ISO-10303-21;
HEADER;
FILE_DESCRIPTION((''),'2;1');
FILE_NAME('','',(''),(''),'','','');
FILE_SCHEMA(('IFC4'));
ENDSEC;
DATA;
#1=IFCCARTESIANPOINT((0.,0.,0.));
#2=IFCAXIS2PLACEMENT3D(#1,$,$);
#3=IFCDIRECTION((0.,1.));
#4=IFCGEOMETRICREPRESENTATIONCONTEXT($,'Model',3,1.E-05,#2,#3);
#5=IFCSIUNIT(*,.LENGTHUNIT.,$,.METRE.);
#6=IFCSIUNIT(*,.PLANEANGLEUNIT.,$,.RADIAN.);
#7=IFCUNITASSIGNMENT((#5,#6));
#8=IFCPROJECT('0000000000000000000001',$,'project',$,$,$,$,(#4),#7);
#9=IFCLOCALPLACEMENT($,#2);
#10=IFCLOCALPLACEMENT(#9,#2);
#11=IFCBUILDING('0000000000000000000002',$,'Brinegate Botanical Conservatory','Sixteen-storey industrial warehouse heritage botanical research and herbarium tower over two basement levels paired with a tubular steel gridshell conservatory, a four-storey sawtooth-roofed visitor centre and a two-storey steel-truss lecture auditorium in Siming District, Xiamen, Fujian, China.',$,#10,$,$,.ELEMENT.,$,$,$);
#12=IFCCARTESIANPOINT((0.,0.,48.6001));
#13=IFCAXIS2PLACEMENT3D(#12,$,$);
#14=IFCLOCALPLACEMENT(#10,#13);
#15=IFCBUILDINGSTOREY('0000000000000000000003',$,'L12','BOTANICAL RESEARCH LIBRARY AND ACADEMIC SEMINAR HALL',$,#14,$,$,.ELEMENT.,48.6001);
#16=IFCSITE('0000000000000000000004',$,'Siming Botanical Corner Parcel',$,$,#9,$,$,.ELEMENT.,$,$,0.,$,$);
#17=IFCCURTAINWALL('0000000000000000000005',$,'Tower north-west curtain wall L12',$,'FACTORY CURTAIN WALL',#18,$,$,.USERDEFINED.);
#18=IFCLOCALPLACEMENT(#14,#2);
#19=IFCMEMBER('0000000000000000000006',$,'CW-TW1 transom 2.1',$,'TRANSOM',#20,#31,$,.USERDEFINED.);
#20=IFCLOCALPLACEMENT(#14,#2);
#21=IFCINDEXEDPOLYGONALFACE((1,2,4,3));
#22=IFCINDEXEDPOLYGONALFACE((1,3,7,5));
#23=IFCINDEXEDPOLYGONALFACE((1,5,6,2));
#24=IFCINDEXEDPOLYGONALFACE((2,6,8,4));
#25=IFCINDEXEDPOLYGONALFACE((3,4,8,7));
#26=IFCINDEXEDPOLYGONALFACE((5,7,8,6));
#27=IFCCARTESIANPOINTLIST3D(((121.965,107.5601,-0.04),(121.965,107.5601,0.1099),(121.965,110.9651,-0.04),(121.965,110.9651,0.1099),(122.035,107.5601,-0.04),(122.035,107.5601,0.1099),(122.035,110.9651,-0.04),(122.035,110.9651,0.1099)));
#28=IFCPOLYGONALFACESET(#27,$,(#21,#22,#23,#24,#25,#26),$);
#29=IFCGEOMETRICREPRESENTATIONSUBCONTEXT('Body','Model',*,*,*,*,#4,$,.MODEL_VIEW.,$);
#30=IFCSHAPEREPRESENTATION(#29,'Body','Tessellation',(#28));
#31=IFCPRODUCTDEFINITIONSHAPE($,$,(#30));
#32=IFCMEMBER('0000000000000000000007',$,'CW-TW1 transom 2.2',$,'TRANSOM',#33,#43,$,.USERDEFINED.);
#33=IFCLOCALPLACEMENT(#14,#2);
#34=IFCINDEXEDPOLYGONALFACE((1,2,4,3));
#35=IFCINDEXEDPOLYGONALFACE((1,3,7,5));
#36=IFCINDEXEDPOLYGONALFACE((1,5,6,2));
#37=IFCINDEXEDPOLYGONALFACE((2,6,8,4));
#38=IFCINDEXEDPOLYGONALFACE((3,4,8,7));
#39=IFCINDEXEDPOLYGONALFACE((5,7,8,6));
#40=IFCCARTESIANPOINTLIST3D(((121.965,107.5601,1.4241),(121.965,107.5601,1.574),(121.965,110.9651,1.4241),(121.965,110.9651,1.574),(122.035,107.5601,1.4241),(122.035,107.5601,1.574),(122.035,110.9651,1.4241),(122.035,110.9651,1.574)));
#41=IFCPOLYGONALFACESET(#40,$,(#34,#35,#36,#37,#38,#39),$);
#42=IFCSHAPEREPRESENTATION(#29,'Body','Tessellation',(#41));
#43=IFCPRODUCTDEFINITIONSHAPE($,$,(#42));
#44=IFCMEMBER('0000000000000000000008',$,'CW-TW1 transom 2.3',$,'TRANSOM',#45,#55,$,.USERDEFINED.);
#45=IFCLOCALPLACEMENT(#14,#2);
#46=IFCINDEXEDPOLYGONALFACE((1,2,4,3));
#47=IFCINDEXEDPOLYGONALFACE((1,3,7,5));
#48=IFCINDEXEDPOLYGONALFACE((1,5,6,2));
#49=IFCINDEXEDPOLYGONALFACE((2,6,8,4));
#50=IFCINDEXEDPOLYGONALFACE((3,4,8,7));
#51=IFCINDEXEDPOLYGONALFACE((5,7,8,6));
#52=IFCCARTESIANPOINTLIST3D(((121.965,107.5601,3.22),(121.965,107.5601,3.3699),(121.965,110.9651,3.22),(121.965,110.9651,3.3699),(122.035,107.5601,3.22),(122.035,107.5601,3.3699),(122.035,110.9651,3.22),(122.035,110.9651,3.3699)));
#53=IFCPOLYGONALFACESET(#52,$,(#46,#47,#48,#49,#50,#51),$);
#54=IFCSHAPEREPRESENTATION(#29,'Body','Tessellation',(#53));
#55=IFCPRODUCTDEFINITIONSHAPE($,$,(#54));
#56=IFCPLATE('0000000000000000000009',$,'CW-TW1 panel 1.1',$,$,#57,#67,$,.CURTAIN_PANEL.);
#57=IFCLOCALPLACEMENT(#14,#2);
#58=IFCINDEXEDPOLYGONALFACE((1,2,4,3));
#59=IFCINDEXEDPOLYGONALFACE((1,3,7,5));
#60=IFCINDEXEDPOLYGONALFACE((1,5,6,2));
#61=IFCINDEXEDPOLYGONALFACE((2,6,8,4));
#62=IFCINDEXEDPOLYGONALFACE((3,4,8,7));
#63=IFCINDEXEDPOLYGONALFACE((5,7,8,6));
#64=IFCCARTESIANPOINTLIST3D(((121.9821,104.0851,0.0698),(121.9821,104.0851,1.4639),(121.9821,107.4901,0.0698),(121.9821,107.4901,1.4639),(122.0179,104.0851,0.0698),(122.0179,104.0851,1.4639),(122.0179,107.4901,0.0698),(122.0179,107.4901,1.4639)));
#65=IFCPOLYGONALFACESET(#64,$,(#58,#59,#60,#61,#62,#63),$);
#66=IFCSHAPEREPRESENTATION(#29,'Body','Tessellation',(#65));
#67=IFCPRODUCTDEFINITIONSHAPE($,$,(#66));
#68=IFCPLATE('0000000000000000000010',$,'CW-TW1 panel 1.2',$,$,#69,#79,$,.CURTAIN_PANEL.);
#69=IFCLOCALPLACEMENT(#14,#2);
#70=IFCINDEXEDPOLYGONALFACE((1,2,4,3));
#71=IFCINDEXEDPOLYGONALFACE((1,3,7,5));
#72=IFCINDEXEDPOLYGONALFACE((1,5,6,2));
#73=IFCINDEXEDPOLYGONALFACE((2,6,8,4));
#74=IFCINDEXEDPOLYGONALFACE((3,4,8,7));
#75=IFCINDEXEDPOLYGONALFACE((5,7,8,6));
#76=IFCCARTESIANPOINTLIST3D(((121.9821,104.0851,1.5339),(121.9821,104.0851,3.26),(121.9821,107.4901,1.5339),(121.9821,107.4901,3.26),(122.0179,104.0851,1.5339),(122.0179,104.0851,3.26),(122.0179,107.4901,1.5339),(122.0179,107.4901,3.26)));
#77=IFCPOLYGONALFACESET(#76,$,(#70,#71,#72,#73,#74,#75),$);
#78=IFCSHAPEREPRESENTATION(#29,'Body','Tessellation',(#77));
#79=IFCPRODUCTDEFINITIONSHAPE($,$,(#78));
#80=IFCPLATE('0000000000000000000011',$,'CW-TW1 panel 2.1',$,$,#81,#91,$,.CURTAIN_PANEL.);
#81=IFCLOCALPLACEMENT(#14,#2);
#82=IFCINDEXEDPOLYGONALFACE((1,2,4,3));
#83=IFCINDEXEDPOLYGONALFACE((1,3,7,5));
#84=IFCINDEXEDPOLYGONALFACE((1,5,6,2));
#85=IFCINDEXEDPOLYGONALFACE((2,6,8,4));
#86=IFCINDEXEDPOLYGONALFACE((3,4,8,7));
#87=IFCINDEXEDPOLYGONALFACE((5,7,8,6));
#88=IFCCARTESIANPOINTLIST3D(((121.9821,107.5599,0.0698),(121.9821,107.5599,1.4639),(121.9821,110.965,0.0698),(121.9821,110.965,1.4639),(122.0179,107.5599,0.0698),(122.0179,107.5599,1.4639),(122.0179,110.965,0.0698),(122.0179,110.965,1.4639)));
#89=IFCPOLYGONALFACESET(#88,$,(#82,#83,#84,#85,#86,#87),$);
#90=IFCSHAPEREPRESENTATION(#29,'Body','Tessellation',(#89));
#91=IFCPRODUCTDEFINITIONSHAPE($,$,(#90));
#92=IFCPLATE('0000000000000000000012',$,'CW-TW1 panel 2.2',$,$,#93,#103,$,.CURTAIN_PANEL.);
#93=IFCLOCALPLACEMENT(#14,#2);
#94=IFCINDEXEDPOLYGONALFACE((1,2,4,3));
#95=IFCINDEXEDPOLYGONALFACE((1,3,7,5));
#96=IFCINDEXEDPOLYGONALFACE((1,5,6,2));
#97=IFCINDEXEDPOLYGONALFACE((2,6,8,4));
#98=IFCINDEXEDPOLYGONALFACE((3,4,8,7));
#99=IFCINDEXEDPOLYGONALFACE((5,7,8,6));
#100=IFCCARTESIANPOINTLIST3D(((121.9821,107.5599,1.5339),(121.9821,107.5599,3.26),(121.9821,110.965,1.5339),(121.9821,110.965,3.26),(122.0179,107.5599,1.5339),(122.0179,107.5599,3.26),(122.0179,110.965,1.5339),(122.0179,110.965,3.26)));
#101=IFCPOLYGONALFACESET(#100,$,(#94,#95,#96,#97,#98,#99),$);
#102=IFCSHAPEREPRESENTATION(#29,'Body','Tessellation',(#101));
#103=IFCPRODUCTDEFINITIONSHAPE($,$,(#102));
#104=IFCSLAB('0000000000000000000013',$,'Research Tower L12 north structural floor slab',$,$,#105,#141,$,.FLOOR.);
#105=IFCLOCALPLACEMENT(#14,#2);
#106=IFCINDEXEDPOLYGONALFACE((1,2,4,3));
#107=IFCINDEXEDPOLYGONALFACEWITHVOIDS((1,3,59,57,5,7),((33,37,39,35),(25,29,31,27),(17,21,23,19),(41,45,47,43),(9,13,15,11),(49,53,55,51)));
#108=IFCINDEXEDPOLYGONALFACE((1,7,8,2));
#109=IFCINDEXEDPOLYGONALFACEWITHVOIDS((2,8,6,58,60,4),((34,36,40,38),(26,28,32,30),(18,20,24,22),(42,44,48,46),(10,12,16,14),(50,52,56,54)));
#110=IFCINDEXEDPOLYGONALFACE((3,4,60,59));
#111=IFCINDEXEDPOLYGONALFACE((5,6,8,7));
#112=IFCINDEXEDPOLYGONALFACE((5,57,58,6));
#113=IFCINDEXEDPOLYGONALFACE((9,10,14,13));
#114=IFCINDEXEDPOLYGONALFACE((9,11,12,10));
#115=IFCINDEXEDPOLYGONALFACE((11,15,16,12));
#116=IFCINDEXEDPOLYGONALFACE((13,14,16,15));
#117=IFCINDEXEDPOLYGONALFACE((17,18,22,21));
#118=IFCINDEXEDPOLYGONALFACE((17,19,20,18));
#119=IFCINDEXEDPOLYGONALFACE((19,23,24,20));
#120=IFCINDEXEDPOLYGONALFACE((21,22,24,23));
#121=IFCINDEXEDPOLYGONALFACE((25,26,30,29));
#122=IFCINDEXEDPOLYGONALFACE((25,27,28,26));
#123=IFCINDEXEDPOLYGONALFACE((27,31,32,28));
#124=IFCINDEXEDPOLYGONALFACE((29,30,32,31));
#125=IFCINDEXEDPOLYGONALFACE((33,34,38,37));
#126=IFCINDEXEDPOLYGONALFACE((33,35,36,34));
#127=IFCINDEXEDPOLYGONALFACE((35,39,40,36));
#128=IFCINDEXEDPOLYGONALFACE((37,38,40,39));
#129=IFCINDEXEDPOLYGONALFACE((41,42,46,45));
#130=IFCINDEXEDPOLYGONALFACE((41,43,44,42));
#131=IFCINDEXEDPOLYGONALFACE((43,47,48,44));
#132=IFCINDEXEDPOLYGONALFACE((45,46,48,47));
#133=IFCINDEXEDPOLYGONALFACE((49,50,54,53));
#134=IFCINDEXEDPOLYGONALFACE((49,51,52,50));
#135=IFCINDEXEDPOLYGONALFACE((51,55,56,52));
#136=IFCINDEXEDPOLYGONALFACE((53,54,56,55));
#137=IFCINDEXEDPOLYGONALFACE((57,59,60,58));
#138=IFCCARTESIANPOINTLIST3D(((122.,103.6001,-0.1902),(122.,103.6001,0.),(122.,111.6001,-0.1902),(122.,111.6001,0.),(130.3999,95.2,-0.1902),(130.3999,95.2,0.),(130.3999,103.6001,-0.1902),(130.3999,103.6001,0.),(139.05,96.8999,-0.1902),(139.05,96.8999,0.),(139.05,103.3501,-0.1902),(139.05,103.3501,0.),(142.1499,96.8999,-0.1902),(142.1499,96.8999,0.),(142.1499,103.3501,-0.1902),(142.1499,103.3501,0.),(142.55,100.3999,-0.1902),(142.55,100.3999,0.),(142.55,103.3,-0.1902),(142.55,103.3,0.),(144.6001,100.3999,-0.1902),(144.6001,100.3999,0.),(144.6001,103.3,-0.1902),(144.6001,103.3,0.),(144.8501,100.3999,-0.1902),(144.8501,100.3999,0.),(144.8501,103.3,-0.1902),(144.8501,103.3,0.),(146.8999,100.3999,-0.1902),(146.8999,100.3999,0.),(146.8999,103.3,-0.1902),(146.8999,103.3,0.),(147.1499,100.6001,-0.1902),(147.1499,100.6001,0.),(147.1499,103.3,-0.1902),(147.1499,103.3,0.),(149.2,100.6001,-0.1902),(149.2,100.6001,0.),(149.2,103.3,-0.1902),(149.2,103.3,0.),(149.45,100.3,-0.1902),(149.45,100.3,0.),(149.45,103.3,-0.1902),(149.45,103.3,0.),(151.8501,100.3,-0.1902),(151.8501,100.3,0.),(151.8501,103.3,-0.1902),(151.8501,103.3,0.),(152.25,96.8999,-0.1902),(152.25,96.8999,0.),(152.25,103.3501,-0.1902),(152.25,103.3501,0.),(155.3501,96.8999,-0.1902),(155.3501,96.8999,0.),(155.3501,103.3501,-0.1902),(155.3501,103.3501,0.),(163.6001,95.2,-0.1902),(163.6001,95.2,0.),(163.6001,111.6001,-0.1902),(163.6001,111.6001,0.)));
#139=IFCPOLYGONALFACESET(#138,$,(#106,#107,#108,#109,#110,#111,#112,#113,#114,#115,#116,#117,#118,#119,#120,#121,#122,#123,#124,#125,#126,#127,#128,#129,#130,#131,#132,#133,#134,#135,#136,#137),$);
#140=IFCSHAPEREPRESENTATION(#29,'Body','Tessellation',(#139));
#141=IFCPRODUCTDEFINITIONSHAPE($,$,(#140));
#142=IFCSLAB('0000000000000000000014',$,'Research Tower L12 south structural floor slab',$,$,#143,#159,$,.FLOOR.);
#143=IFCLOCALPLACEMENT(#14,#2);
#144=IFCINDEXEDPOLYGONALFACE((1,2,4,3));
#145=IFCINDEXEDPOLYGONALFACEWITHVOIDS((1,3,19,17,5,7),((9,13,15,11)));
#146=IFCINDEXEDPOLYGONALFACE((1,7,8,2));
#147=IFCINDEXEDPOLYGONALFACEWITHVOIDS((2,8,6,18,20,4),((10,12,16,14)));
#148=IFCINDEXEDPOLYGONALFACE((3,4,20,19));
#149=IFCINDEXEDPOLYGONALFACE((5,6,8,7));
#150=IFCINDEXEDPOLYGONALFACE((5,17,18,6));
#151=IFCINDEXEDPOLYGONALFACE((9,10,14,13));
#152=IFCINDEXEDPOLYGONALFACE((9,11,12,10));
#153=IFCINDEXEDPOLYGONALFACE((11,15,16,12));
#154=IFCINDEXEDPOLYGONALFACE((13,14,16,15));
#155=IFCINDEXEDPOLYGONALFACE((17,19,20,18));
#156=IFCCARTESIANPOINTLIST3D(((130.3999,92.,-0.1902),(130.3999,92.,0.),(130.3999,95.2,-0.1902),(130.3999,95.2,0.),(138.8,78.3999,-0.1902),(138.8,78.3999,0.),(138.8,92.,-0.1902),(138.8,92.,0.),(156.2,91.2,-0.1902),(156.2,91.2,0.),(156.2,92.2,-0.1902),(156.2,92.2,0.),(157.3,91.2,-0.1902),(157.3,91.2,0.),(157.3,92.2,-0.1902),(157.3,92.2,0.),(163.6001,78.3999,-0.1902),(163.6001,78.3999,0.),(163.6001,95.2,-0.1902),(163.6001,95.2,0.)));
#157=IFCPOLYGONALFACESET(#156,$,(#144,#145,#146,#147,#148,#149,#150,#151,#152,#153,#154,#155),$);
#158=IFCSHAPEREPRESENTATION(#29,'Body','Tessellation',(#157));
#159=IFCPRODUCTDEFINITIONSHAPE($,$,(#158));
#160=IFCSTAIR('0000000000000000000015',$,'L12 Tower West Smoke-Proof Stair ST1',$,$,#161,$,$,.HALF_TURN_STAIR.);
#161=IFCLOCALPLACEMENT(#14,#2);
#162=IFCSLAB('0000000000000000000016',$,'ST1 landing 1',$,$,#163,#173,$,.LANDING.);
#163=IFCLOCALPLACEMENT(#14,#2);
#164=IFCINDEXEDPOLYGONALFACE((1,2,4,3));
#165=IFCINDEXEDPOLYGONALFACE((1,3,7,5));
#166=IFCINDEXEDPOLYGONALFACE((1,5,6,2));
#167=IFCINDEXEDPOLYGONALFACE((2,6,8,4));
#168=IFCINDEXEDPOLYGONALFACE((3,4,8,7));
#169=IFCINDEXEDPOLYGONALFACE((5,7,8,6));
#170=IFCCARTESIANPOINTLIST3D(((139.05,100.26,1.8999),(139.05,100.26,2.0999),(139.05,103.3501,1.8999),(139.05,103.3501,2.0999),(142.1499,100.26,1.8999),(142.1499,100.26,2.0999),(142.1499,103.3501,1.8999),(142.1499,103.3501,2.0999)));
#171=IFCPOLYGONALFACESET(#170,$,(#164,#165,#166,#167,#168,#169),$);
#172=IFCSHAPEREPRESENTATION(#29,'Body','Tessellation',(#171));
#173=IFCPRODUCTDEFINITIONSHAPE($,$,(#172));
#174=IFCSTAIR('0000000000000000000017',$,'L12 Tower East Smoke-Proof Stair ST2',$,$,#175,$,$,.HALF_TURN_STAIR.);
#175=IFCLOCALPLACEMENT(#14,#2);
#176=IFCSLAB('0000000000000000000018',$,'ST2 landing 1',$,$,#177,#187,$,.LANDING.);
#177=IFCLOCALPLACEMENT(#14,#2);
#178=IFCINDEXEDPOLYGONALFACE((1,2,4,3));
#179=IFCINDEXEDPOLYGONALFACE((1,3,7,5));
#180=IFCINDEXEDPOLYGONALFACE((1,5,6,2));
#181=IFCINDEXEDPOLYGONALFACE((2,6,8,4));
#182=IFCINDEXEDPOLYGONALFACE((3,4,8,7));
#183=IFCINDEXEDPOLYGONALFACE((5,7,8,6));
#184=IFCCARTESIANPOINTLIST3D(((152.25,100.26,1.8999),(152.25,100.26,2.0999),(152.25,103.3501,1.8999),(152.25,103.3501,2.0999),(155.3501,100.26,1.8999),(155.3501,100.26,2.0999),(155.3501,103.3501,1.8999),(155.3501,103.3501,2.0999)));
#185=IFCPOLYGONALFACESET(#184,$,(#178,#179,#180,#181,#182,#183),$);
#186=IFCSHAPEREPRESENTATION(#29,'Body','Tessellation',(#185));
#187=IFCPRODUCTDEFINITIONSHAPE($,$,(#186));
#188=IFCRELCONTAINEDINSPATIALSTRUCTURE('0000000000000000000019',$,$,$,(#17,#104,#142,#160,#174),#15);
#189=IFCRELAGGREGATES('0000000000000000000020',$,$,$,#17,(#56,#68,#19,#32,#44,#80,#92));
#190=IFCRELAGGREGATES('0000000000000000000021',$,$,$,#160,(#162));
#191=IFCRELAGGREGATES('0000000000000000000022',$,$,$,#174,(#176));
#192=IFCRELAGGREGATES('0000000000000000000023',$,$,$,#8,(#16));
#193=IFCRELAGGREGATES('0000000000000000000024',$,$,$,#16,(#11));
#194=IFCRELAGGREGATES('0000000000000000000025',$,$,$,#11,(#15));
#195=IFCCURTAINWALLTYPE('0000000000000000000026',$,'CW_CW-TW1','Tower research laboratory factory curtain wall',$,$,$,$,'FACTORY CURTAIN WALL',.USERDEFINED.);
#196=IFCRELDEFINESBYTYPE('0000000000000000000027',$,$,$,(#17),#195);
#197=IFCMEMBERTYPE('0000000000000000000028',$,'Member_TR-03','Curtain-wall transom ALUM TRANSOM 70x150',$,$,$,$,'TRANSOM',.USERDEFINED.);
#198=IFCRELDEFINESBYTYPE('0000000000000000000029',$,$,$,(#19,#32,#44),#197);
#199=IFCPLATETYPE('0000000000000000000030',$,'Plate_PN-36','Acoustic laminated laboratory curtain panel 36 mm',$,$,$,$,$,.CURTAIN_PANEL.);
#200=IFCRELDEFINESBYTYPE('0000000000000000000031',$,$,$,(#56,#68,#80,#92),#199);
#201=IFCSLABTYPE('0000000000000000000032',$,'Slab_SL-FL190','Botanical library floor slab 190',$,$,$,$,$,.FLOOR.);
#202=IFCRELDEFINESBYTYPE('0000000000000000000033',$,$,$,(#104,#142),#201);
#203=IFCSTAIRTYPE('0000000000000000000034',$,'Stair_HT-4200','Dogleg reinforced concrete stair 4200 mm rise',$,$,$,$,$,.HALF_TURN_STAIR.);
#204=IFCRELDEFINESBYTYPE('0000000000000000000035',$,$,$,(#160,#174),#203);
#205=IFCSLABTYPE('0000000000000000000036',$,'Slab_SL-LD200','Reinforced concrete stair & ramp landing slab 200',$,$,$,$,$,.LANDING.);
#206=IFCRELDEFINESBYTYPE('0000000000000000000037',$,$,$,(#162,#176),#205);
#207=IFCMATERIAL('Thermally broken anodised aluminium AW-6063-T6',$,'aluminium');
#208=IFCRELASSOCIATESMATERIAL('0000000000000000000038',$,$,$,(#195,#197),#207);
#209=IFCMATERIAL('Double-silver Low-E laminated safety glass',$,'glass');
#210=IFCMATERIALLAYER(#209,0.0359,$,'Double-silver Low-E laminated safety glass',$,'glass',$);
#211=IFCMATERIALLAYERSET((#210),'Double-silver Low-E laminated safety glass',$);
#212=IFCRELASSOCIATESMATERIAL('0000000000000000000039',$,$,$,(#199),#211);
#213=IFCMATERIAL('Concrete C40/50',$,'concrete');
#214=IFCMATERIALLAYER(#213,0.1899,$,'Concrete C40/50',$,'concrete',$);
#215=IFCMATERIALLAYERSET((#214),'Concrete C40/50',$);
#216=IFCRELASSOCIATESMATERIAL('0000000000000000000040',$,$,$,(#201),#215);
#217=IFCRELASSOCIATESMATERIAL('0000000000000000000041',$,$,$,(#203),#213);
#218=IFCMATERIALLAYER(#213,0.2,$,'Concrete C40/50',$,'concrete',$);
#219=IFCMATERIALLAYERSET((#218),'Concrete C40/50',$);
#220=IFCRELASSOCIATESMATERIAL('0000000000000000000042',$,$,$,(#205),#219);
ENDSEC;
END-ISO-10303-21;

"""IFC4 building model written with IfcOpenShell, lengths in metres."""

from ifc_helpers import new_model, si_unit, direction, frame, origin, origin_2d, place, context, subcontext, project, spatial, polyline, rectangle, outline, extrude, material, layer, layer_set, material_profile, profile_set, type_object, element, aggregate, save


model = new_model("IFC4")

# Units and contexts
model_context = context("Model", 3, precision=1e-05, world=origin(), true_north=direction((0.0, 1.0)))
body_context = subcontext(model_context, "Body", "Model", "MODEL_VIEW")
ifc_project = project(units=[si_unit("LENGTHUNIT", "METRE"), si_unit("PLANEANGLEUNIT", "RADIAN")], contexts=[model_context])

# Site, building, storey
site_placement = place(None, origin())
site = spatial("IfcSite", under=ifc_project, at=site_placement, Name="Siming Botanical Corner Parcel", CompositionType="ELEMENT", RefElevation=0.0)
building_placement = place(site_placement, origin())
building = spatial("IfcBuilding", under=site, at=building_placement, Name="Brinegate Botanical Conservatory", Description="Sixteen-storey industrial warehouse heritage botanical research and herbarium tower over two basement levels paired with a tubular steel gridshell conservatory, a four-storey sawtooth-roofed visitor centre and a two-storey steel-truss lecture auditorium in Siming District, Xiamen, Fujian, China.", CompositionType="ELEMENT")
storey_placement = place(building_placement, frame((0.0, 0.0, 48.6001)))
storey = spatial("IfcBuildingStorey", under=building, at=storey_placement, Name="L12", Description="BOTANICAL RESEARCH LIBRARY AND ACADEMIC SEMINAR HALL", CompositionType="ELEMENT", Elevation=48.6001)

# Shared definitions
ifc_material_1 = material(Name="Concrete C40/50", Category="concrete")

# Curtain wall, members, plates
ifc_material_2 = material(Name="Thermally broken anodised aluminium AW-6063-T6", Category="aluminium")
curtain_wall_type = type_object("IfcCurtainWallType", Name="CW_CW-TW1", Description="Tower research laboratory factory curtain wall", ElementType="FACTORY CURTAIN WALL", PredefinedType="USERDEFINED", material=ifc_material_2)
curtain_wall_placement = place(storey_placement, origin())
curtain_wall = element("IfcCurtainWall", 1, at=curtain_wall_placement, inside=storey, type_object=curtain_wall_type, Name="Tower north-west curtain wall L12", ObjectType="FACTORY CURTAIN WALL", PredefinedType="USERDEFINED")
ifc_material_profile_1 = material_profile(ifc_material_2, rectangle(XDim=0.0701, YDim=0.1499, at=origin_2d()), Name="ALUM TRANSOM 70x150")
ifc_profile_set_1 = profile_set([ifc_material_profile_1], Name="Thermally broken anodised aluminium AW-6063-T6")
member_type_1 = type_object("IfcMemberType", Name="Member_TR-03", Description="Curtain-wall transom ALUM TRANSOM 70x150", ElementType="TRANSOM", PredefinedType="USERDEFINED", material=ifc_profile_set_1)
member_1_placement = place(storey_placement, frame((122.0, 107.5601, 0.0349), z_axis=(0.0, 1.0, 0.0), x_axis=(-1.0, 0.0, 0.0)))
member_1 = element("IfcMember", 2, at=member_1_placement, type_object=member_type_1, Name="CW-TW1 transom 2.1", ObjectType="TRANSOM", PredefinedType="USERDEFINED", context=body_context, shape_type="SweptSolid", body=[
    extrude(rectangle(XDim=0.0701, YDim=0.1499, at=origin_2d()), origin(), (0.0, 0.0, 1.0), 3.405),
])
member_2_placement = place(storey_placement, frame((122.0, 107.5601, 1.499), z_axis=(0.0, 1.0, 0.0), x_axis=(-1.0, 0.0, 0.0)))
member_2 = element("IfcMember", 3, at=member_2_placement, type_object=member_type_1, Name="CW-TW1 transom 2.2", ObjectType="TRANSOM", PredefinedType="USERDEFINED", context=body_context, shape_type="SweptSolid", body=[
    extrude(rectangle(XDim=0.0701, YDim=0.1499, at=origin_2d()), origin(), (0.0, 0.0, 1.0), 3.405),
])
member_3_placement = place(storey_placement, frame((122.0, 107.5601, 3.2949), z_axis=(0.0, 1.0, 0.0), x_axis=(-1.0, 0.0, 0.0)))
member_3 = element("IfcMember", 4, at=member_3_placement, type_object=member_type_1, Name="CW-TW1 transom 2.3", ObjectType="TRANSOM", PredefinedType="USERDEFINED", context=body_context, shape_type="SweptSolid", body=[
    extrude(rectangle(XDim=0.0701, YDim=0.1499, at=origin_2d()), origin(), (0.0, 0.0, 1.0), 3.405),
])
ifc_material_3 = material(Name="Double-silver Low-E laminated safety glass", Category="glass")
ifc_layer_1 = layer(ifc_material_3, 0.0359, Name="Double-silver Low-E laminated safety glass", Category="glass")
ifc_layer_set_1 = layer_set([ifc_layer_1], Name="Double-silver Low-E laminated safety glass")
plate_type = type_object("IfcPlateType", Name="Plate_PN-36", Description="Acoustic laminated laboratory curtain panel 36 mm", PredefinedType="CURTAIN_PANEL", material=ifc_layer_set_1)
plate_1_placement = place(storey_placement, frame((122.0, 105.7876, 0.0698), z_axis=(0.0, 0.0, 1.0), x_axis=(0.0, 1.0, 0.0)))
plate_1 = element("IfcPlate", 5, at=plate_1_placement, type_object=plate_type, Name="CW-TW1 panel 1.1", PredefinedType="CURTAIN_PANEL", context=body_context, shape_type="SweptSolid", body=[
    extrude(rectangle(XDim=3.405, YDim=0.0359, at=origin_2d()), origin(), (0.0, 0.0, 1.0), 1.394),
])
plate_2_placement = place(storey_placement, frame((122.0, 105.7876, 1.5339), z_axis=(0.0, 0.0, 1.0), x_axis=(0.0, 1.0, 0.0)))
plate_2 = element("IfcPlate", 6, at=plate_2_placement, type_object=plate_type, Name="CW-TW1 panel 1.2", PredefinedType="CURTAIN_PANEL", context=body_context, shape_type="SweptSolid", body=[
    extrude(rectangle(XDim=3.405, YDim=0.0359, at=origin_2d()), origin(), (0.0, 0.0, 1.0), 1.7261),
])
plate_3_placement = place(storey_placement, frame((122.0, 109.2625, 0.0698), z_axis=(0.0, 0.0, 1.0), x_axis=(0.0, 1.0, 0.0)))
plate_3 = element("IfcPlate", 7, at=plate_3_placement, type_object=plate_type, Name="CW-TW1 panel 2.1", PredefinedType="CURTAIN_PANEL", context=body_context, shape_type="SweptSolid", body=[
    extrude(rectangle(XDim=3.405, YDim=0.0359, at=origin_2d()), origin(), (0.0, 0.0, 1.0), 1.394),
])
plate_4_placement = place(storey_placement, frame((122.0, 109.2625, 1.5339), z_axis=(0.0, 0.0, 1.0), x_axis=(0.0, 1.0, 0.0)))
plate_4 = element("IfcPlate", 8, at=plate_4_placement, type_object=plate_type, Name="CW-TW1 panel 2.2", PredefinedType="CURTAIN_PANEL", context=body_context, shape_type="SweptSolid", body=[
    extrude(rectangle(XDim=3.405, YDim=0.0359, at=origin_2d()), origin(), (0.0, 0.0, 1.0), 1.7261),
])
aggregate(curtain_wall, [plate_1, plate_2, member_1, member_2, member_3, plate_3, plate_4])

# Slabs
ifc_layer_2 = layer(ifc_material_1, 0.1899, Name="Concrete C40/50", Category="concrete")
ifc_layer_set_2 = layer_set([ifc_layer_2], Name="Concrete C40/50")
slab_type_1 = type_object("IfcSlabType", Name="Slab_SL-FL190", Description="Botanical library floor slab 190", PredefinedType="FLOOR", material=ifc_layer_set_2)
slab_1_placement = place(storey_placement, frame((0.0, 0.0, -0.1902)))
element("IfcSlab", 9, at=slab_1_placement, inside=storey, type_object=slab_type_1, Name="Research Tower L12 north structural floor slab", PredefinedType="FLOOR", context=body_context, shape_type="SweptSolid", body=[
    extrude(outline(polyline([(130.3999, 103.6001), (122.0, 103.6001), (122.0, 111.6001), (163.6001, 111.6001), (163.6001, 95.2), (130.3999, 95.2), (130.3999, 103.6001)]), holes=[polyline([(142.1499, 96.8999), (142.1499, 103.3501), (139.05, 103.3501), (139.05, 96.8999), (142.1499, 96.8999)]), polyline([(155.3501, 96.8999), (155.3501, 103.3501), (152.25, 103.3501), (152.25, 96.8999), (155.3501, 96.8999)]), polyline([(142.55, 100.3999), (144.6001, 100.3999), (144.6001, 103.3), (142.55, 103.3), (142.55, 100.3999)]), polyline([(144.8501, 100.3999), (146.8999, 100.3999), (146.8999, 103.3), (144.8501, 103.3), (144.8501, 100.3999)]), polyline([(147.1499, 100.6001), (149.2, 100.6001), (149.2, 103.3), (147.1499, 103.3), (147.1499, 100.6001)]), polyline([(149.45, 100.3), (151.8501, 100.3), (151.8501, 103.3), (149.45, 103.3), (149.45, 100.3)])]), origin(), (0.0, 0.0, 1.0), 0.1902),
])
slab_2_placement = place(storey_placement, frame((0.0, 0.0, -0.1902)))
element("IfcSlab", 10, at=slab_2_placement, inside=storey, type_object=slab_type_1, Name="Research Tower L12 south structural floor slab", PredefinedType="FLOOR", context=body_context, shape_type="SweptSolid", body=[
    extrude(outline(polyline([(163.6001, 78.3999), (138.8, 78.3999), (138.8, 92.0), (130.3999, 92.0), (130.3999, 95.2), (163.6001, 95.2), (163.6001, 78.3999)]), holes=[polyline([(156.2, 91.2), (157.3, 91.2), (157.3, 92.2), (156.2, 92.2), (156.2, 91.2)])]), origin(), (0.0, 0.0, 1.0), 0.1902),
])

# Stairs, slabs
stair_type = type_object("IfcStairType", Name="Stair_HT-4200", Description="Dogleg reinforced concrete stair 4200 mm rise", PredefinedType="HALF_TURN_STAIR", material=ifc_material_1)
stair_1_placement = place(storey_placement, origin())
stair_1 = element("IfcStair", 11, at=stair_1_placement, inside=storey, type_object=stair_type, Name="L12 Tower West Smoke-Proof Stair ST1", PredefinedType="HALF_TURN_STAIR")
ifc_layer_3 = layer(ifc_material_1, 0.2, Name="Concrete C40/50", Category="concrete")
ifc_layer_set_3 = layer_set([ifc_layer_3], Name="Concrete C40/50")
slab_type_2 = type_object("IfcSlabType", Name="Slab_SL-LD200", Description="Reinforced concrete stair & ramp landing slab 200", PredefinedType="LANDING", material=ifc_layer_set_3)
slab_3_placement = place(storey_placement, frame((0.0, 0.0, 1.8999)))
slab_3 = element("IfcSlab", 12, at=slab_3_placement, type_object=slab_type_2, Name="ST1 landing 1", PredefinedType="LANDING", context=body_context, shape_type="SweptSolid", body=[
    extrude(outline(polyline([(142.1499, 100.26), (142.1499, 103.3501), (139.05, 103.3501), (139.05, 100.26), (142.1499, 100.26)])), origin(), (0.0, 0.0, 1.0), 0.2),
])
aggregate(stair_1, [slab_3])
stair_2_placement = place(storey_placement, origin())
stair_2 = element("IfcStair", 13, at=stair_2_placement, inside=storey, type_object=stair_type, Name="L12 Tower East Smoke-Proof Stair ST2", PredefinedType="HALF_TURN_STAIR")
slab_4_placement = place(storey_placement, frame((0.0, 0.0, 1.8999)))
slab_4 = element("IfcSlab", 14, at=slab_4_placement, type_object=slab_type_2, Name="ST2 landing 1", PredefinedType="LANDING", context=body_context, shape_type="SweptSolid", body=[
    extrude(outline(polyline([(155.3501, 100.26), (155.3501, 103.3501), (152.25, 103.3501), (152.25, 100.26), (155.3501, 100.26)])), origin(), (0.0, 0.0, 1.0), 0.2),
])
aggregate(stair_2, [slab_4])

save(model, "model.ifc")
